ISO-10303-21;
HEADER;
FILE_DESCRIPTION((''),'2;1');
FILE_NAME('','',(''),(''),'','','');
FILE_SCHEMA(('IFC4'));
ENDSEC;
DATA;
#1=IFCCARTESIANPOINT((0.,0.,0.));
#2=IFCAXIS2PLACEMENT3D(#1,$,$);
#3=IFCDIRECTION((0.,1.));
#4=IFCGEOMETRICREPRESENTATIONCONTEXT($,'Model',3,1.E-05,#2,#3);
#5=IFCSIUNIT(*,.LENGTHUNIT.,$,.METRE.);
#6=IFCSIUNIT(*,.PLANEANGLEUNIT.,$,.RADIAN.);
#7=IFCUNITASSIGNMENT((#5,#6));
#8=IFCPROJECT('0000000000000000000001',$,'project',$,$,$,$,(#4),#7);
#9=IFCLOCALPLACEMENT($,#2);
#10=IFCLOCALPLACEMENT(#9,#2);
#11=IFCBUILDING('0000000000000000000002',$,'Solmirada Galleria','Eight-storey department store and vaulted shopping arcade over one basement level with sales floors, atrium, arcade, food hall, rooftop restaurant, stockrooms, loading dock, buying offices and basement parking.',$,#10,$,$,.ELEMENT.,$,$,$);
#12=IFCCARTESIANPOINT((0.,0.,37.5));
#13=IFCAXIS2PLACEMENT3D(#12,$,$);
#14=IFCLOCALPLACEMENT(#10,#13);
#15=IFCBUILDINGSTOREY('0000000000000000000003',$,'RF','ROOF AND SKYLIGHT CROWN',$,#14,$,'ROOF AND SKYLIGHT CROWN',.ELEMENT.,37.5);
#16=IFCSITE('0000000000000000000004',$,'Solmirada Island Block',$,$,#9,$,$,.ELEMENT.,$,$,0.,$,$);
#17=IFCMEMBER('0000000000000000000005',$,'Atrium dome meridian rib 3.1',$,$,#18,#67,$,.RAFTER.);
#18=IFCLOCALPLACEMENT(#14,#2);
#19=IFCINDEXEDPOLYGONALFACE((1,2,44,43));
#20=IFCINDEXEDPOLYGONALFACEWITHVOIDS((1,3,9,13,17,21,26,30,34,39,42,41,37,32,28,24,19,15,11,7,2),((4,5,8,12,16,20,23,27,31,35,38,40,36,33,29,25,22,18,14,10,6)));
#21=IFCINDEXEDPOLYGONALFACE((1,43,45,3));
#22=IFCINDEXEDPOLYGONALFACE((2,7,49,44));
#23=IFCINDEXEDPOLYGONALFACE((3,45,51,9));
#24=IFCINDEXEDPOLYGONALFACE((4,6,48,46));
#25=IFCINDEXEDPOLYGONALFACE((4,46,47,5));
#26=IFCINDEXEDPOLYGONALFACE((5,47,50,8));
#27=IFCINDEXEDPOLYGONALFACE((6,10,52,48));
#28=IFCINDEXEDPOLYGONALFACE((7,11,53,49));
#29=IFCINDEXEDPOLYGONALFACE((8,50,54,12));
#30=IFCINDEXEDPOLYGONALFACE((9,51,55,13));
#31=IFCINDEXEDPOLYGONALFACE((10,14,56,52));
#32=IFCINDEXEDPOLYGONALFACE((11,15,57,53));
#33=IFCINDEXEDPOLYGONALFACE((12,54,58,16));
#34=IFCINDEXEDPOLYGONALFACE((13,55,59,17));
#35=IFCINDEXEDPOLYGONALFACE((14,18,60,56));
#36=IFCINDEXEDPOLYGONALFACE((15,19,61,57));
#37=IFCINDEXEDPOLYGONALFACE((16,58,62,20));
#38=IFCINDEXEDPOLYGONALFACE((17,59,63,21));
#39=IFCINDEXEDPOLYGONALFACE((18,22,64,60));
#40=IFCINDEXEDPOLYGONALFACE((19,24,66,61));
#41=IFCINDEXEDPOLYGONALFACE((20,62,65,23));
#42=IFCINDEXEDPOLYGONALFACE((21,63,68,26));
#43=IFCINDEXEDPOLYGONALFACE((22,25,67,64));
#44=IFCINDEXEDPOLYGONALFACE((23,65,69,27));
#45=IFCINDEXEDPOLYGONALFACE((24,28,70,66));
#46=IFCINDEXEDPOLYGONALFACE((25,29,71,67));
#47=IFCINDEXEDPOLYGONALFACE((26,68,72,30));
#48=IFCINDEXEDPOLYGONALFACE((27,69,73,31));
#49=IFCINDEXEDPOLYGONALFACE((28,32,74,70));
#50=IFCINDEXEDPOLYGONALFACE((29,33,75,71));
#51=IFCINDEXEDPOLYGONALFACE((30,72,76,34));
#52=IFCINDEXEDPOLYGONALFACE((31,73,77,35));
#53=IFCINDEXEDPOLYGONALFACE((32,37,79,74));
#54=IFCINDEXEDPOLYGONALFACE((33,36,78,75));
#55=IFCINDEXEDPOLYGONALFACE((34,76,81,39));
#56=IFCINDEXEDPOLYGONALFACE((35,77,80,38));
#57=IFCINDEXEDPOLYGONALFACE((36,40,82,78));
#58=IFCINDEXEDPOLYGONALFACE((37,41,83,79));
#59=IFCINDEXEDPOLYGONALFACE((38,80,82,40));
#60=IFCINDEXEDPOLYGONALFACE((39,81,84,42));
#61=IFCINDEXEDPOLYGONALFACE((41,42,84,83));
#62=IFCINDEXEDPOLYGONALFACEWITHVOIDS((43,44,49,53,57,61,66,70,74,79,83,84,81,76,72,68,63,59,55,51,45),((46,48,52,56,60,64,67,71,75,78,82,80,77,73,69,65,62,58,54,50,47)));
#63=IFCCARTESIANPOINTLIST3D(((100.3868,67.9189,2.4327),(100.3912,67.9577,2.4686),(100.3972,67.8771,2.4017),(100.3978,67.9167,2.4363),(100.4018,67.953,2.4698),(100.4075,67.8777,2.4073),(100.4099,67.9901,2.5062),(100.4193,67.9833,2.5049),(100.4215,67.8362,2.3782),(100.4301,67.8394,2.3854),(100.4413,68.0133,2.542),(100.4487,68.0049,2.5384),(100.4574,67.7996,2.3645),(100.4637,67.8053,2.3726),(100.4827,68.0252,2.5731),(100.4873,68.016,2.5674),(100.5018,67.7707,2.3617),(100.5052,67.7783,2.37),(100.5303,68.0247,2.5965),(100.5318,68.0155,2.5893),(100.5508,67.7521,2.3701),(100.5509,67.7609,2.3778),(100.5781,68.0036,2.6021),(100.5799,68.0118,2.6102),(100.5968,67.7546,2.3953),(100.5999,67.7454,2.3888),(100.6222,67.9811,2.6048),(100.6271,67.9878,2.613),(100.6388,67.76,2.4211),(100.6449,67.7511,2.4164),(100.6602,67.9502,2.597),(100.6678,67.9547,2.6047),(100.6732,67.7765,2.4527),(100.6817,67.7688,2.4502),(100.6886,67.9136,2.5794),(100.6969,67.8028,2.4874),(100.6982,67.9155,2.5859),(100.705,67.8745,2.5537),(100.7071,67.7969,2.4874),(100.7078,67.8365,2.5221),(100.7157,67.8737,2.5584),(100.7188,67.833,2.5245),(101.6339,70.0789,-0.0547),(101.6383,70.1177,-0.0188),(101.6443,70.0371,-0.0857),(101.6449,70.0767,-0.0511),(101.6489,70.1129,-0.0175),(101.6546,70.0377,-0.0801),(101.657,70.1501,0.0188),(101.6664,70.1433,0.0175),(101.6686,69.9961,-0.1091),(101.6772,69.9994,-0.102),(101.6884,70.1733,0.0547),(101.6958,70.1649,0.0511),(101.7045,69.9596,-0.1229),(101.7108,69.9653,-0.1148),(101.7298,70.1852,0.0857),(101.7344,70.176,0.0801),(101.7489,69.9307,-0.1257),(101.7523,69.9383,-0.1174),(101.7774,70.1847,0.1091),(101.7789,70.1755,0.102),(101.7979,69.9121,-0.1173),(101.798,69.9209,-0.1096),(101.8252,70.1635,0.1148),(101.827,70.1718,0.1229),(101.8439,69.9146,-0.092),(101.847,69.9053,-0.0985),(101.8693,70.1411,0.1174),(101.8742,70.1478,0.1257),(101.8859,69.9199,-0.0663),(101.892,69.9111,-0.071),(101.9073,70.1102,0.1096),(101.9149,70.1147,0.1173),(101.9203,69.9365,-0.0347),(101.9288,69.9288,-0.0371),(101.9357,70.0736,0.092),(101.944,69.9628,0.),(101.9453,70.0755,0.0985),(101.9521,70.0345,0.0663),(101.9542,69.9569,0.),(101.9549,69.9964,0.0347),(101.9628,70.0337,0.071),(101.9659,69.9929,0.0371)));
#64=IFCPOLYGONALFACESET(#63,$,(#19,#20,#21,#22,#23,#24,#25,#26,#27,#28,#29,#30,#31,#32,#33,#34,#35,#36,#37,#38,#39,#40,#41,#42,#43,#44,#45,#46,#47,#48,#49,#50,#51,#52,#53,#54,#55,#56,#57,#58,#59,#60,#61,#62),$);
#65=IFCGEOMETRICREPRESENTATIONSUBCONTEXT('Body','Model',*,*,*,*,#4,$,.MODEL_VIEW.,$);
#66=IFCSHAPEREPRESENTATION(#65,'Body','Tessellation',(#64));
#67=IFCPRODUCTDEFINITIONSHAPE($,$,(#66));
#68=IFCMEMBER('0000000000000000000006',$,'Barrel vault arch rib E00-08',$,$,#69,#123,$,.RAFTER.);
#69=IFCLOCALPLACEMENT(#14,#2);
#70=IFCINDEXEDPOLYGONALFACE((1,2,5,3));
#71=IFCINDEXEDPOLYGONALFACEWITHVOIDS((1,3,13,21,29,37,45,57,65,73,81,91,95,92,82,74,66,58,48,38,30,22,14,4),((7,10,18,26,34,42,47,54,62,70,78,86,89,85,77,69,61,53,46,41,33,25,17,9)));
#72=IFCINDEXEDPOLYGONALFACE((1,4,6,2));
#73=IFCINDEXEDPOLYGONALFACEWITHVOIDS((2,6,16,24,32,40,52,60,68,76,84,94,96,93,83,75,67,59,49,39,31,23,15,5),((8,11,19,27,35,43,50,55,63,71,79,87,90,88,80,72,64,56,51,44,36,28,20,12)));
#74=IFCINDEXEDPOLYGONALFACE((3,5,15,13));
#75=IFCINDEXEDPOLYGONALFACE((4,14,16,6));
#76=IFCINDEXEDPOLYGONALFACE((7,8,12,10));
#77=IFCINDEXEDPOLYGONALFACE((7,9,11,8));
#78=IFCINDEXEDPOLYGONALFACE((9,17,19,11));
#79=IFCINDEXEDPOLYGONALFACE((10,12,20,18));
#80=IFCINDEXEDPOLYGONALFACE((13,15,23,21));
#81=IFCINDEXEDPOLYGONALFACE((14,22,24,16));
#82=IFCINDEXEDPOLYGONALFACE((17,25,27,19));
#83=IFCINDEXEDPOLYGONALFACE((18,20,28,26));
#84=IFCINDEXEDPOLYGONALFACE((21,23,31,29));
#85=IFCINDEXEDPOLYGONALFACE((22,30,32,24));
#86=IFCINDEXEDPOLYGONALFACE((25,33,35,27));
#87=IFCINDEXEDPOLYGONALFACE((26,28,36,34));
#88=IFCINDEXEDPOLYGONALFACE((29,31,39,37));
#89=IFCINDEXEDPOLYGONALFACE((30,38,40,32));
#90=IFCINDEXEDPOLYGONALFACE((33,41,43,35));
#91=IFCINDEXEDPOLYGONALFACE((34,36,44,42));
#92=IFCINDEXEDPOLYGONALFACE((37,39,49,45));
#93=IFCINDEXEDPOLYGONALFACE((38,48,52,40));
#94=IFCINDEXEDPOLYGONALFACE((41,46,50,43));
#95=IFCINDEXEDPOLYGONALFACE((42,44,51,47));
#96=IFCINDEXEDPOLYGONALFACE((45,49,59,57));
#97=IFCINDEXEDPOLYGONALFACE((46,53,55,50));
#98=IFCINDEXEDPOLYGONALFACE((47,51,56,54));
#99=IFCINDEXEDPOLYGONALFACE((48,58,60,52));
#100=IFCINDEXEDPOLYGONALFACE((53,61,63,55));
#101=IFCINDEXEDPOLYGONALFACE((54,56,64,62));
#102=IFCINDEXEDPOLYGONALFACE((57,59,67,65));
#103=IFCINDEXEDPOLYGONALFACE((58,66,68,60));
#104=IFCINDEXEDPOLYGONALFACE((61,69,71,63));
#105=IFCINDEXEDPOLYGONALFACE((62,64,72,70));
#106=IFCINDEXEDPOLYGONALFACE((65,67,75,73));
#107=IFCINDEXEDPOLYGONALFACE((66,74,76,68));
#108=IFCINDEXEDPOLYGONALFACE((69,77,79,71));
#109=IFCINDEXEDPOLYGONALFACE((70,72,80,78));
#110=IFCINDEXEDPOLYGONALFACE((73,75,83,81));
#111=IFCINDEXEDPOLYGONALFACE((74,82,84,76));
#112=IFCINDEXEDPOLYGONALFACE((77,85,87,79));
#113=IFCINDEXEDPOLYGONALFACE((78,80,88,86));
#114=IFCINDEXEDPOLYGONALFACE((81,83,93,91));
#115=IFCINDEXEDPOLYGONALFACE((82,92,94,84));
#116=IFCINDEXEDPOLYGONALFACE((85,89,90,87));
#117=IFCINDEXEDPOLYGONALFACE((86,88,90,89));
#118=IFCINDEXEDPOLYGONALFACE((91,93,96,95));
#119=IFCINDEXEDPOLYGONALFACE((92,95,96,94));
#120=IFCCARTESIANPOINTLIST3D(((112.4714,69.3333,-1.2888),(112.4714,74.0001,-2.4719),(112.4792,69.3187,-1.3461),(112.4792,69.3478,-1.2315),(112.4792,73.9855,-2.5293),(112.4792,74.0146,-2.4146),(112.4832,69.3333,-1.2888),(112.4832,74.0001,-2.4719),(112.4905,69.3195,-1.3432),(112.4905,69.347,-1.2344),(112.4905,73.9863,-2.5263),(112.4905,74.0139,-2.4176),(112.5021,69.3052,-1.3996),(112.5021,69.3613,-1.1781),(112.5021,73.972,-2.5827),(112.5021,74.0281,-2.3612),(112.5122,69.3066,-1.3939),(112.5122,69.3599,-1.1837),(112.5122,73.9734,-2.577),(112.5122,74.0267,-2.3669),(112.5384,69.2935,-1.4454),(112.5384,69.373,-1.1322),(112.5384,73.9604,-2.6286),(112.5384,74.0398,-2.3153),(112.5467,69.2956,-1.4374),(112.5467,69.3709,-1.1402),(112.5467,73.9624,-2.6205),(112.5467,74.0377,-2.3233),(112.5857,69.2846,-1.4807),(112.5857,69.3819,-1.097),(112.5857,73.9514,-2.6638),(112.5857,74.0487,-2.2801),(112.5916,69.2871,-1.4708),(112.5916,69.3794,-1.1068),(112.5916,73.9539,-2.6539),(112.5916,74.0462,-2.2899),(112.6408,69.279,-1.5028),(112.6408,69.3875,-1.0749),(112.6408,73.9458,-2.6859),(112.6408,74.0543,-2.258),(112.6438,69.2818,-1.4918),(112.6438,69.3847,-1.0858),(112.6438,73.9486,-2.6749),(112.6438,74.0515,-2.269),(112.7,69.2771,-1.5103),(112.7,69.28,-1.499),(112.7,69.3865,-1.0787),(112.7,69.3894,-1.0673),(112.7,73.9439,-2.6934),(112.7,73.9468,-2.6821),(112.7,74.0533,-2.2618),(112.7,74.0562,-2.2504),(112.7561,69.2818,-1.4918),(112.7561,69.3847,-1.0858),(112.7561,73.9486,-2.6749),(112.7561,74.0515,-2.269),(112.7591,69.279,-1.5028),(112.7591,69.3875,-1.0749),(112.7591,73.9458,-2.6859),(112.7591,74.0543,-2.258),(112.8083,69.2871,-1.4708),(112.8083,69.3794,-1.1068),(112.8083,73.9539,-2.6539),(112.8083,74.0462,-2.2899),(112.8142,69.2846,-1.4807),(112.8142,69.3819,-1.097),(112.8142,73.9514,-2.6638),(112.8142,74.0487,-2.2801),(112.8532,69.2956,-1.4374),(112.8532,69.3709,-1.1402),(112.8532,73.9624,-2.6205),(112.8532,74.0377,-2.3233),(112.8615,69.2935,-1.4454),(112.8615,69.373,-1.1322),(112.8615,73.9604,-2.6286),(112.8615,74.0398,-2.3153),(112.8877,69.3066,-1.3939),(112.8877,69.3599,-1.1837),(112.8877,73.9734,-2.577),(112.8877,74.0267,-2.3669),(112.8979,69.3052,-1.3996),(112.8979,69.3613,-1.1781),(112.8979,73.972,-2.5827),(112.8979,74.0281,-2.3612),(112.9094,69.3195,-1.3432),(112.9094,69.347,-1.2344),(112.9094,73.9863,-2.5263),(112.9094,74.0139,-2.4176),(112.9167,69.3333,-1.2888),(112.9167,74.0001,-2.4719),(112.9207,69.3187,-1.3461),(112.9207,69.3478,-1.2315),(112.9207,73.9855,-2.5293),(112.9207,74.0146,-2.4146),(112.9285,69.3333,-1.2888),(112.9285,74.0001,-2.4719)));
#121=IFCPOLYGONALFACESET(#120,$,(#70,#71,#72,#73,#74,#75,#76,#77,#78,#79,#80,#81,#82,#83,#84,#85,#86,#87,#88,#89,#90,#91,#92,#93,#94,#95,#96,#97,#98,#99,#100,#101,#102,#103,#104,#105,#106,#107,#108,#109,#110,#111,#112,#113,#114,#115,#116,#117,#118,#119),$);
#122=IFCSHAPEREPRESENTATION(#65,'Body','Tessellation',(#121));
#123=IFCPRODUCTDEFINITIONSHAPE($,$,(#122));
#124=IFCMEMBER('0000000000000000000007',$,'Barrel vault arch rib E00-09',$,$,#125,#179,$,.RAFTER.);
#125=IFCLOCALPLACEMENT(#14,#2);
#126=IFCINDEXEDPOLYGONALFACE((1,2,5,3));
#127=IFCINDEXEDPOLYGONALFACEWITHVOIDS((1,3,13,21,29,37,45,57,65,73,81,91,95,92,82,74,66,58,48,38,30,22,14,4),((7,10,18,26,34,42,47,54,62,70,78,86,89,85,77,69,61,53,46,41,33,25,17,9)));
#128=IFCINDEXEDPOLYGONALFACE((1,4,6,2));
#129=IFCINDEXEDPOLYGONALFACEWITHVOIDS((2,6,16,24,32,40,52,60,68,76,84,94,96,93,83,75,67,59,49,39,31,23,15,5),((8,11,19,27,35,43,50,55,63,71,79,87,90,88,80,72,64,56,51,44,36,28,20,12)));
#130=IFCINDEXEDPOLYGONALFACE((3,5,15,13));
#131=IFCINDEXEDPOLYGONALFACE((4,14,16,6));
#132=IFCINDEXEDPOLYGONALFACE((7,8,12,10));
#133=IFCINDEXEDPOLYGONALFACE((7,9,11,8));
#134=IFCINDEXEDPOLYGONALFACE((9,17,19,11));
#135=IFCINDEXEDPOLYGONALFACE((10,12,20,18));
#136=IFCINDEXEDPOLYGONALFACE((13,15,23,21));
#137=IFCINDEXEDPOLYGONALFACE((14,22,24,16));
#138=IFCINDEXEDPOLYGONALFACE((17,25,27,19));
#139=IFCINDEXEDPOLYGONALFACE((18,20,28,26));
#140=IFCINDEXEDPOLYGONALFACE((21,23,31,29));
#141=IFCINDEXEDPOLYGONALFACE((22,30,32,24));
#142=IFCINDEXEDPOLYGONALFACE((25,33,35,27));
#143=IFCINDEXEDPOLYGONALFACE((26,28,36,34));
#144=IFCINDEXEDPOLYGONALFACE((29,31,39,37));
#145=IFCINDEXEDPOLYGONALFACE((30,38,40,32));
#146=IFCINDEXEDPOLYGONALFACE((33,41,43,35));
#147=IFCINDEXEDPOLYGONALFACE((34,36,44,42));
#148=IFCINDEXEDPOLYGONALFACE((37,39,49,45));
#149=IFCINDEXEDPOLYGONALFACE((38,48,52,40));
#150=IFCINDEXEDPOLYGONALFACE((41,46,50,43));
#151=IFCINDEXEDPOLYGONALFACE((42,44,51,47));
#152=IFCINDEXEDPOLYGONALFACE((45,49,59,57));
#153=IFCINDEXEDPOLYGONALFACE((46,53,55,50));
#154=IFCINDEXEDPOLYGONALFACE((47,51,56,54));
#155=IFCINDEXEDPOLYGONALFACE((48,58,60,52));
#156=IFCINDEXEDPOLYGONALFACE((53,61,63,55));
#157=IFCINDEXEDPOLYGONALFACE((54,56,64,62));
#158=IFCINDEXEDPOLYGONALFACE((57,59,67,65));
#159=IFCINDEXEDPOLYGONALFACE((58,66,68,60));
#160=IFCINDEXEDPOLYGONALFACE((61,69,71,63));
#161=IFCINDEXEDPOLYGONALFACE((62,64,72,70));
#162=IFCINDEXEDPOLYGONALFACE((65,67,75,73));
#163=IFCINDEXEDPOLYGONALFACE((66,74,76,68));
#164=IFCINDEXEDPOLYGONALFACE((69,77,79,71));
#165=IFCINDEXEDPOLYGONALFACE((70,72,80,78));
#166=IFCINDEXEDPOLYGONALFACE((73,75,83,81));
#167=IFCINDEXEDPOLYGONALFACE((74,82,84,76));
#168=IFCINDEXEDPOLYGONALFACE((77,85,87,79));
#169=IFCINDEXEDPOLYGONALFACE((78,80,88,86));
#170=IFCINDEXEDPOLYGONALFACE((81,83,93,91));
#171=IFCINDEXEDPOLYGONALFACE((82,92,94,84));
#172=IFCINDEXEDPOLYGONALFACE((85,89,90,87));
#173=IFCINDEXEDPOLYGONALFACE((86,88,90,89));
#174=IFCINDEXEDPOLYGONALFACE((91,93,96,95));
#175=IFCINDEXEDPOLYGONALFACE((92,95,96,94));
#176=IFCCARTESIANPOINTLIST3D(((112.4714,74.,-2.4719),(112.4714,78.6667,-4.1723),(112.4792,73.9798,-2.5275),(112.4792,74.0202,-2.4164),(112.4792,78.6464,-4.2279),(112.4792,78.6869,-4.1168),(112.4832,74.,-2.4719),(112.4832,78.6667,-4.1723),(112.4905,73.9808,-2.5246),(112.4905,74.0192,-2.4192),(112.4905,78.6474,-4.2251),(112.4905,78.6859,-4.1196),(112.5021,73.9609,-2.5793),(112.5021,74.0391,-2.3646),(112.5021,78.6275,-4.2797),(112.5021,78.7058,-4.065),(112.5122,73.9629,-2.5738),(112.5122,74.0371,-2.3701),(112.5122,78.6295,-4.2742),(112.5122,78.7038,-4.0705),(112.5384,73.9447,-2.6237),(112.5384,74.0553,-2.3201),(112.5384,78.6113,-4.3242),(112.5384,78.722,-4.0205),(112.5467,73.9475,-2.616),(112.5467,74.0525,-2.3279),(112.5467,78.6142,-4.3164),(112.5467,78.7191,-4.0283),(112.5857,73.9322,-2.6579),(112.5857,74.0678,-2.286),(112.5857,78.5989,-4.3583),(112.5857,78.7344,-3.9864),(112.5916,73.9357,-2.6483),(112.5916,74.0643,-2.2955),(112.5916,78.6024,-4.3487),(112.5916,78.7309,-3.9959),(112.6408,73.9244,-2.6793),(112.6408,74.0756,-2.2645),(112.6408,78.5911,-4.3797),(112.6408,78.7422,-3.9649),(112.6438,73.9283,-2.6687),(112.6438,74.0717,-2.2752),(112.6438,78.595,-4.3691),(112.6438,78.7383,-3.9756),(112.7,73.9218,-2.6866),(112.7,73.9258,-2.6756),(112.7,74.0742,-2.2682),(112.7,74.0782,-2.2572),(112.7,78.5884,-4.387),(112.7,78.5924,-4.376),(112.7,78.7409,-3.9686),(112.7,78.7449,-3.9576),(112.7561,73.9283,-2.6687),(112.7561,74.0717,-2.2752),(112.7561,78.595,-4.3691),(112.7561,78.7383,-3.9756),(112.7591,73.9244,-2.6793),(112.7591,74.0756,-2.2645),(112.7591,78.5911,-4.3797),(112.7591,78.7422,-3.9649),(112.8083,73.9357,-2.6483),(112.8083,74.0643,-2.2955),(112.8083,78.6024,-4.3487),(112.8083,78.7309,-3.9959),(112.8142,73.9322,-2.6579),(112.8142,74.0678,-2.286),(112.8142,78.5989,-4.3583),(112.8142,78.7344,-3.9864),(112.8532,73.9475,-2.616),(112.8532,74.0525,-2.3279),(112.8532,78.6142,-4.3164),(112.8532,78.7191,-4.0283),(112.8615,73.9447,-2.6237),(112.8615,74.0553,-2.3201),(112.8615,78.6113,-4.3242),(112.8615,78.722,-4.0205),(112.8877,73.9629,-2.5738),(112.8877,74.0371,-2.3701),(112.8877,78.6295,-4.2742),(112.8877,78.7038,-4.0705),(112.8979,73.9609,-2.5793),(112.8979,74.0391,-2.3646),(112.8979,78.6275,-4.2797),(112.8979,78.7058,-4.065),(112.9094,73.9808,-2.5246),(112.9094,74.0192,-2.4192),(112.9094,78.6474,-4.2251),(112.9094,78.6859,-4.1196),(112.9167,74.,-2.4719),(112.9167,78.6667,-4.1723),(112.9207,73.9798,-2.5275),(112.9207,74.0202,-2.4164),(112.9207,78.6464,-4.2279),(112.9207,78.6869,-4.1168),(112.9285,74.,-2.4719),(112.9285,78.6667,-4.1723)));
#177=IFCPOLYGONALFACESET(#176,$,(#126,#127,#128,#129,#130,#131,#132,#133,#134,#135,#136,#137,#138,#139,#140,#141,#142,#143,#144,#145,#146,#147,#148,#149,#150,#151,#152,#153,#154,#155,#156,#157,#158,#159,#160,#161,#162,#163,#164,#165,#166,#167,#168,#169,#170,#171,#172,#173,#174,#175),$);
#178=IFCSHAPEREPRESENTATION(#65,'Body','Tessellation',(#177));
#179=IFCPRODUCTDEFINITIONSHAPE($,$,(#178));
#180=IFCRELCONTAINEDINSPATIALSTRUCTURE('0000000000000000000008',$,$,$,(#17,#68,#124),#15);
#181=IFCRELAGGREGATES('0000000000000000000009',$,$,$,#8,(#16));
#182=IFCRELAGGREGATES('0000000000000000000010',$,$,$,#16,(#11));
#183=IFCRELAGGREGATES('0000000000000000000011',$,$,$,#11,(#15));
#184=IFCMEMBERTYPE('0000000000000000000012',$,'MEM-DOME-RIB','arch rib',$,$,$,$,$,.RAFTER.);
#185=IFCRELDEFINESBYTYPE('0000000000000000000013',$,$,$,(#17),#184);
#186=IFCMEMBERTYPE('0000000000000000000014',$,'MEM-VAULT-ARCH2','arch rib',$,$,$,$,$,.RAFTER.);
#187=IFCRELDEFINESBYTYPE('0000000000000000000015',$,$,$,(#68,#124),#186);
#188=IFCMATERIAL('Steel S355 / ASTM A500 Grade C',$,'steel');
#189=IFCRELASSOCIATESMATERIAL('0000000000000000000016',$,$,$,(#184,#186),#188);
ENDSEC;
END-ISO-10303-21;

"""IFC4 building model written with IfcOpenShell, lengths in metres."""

from ifc_helpers import new_model, si_unit, direction, frame, origin, origin_2d, place, context, subcontext, project, spatial, hollow_circle, extrude, material, material_profile, profile_set, type_object, element, save


model = new_model("IFC4")

# Units and contexts
model_context = context("Model", 3, precision=1e-05, world=origin(), true_north=direction((0.0, 1.0)))
body_context = subcontext(model_context, "Body", "Model", "MODEL_VIEW")
ifc_project = project(units=[si_unit("LENGTHUNIT", "METRE"), si_unit("PLANEANGLEUNIT", "RADIAN")], contexts=[model_context])

# Site, building, storey
site_placement = place(None, origin())
site = spatial("IfcSite", under=ifc_project, at=site_placement, Name="Solmirada Island Block", CompositionType="ELEMENT", RefElevation=0.0)
building_placement = place(site_placement, origin())
building = spatial("IfcBuilding", under=site, at=building_placement, Name="Solmirada Galleria", Description="Eight-storey department store and vaulted shopping arcade over one basement level with sales floors, atrium, arcade, food hall, rooftop restaurant, stockrooms, loading dock, buying offices and basement parking.", CompositionType="ELEMENT")
storey_placement = place(building_placement, frame((0.0, 0.0, 37.5)))
storey = spatial("IfcBuildingStorey", under=building, at=storey_placement, Name="RF", Description="ROOF AND SKYLIGHT CROWN", LongName="ROOF AND SKYLIGHT CROWN", CompositionType="ELEMENT", Elevation=37.5)

# Members
ifc_material_1 = material(Name="Steel S355 / ASTM A500 Grade C", Category="steel")
ifc_material_profile_1 = material_profile(ifc_material_1, hollow_circle(Radius=0.178, WallThickness=0.0117, at=origin_2d()), Name="HSS14.000X0.500")
ifc_profile_set_1 = profile_set([ifc_material_profile_1], Name="Steel S355 / ASTM A500 Grade C")
member_type_1 = type_object("IfcMemberType", Name="MEM-DOME-RIB", Description="arch rib", PredefinedType="RAFTER", material=ifc_profile_set_1)
member_1_placement = place(storey_placement, frame((101.8, 70.0459, 0.0), z_axis=(-0.354043, -0.613199, 0.706145), x_axis=(0.866018, -0.500013, 0.0)))
element("IfcMember", 1, at=member_1_placement, inside=storey, type_object=member_type_1, Name="Atrium dome meridian rib 3.1", PredefinedType="RAFTER", context=body_context, shape_type="SweptSolid", body=[
    extrude(hollow_circle(Radius=0.178, WallThickness=0.0117, at=origin_2d()), origin(), (0.0, 0.0, 1.0), 3.5225),
])
ifc_material_profile_2 = material_profile(ifc_material_1, hollow_circle(Radius=0.2285, WallThickness=0.0117, at=origin_2d()), Name="HSS18.000X0.500")
ifc_profile_set_2 = profile_set([ifc_material_profile_2], Name="Steel S355 / ASTM A500 Grade C")
member_type_2 = type_object("IfcMemberType", Name="MEM-VAULT-ARCH2", Description="arch rib", PredefinedType="RAFTER", material=ifc_profile_set_2)
member_2_placement = place(storey_placement, frame((112.7, 69.3333, -1.2888), z_axis=(0.0, 0.969335, -0.245744), x_axis=(-1.0, 0.0, 0.0)))
element("IfcMember", 2, at=member_2_placement, inside=storey, type_object=member_type_2, Name="Barrel vault arch rib E00-08", PredefinedType="RAFTER", context=body_context, shape_type="SweptSolid", body=[
    extrude(hollow_circle(Radius=0.2285, WallThickness=0.0117, at=origin_2d()), origin(), (0.0, 0.0, 1.0), 4.8145),
])
member_3_placement = place(storey_placement, frame((112.7, 74.0, -2.4719), z_axis=(0.0, 0.939571, -0.342355), x_axis=(-1.0, 0.0, 0.0)))
element("IfcMember", 3, at=member_3_placement, inside=storey, type_object=member_type_2, Name="Barrel vault arch rib E00-09", PredefinedType="RAFTER", context=body_context, shape_type="SweptSolid", body=[
    extrude(hollow_circle(Radius=0.2285, WallThickness=0.0117, at=origin_2d()), origin(), (0.0, 0.0, 1.0), 4.9668),
])

save(model, "model.ifc")
